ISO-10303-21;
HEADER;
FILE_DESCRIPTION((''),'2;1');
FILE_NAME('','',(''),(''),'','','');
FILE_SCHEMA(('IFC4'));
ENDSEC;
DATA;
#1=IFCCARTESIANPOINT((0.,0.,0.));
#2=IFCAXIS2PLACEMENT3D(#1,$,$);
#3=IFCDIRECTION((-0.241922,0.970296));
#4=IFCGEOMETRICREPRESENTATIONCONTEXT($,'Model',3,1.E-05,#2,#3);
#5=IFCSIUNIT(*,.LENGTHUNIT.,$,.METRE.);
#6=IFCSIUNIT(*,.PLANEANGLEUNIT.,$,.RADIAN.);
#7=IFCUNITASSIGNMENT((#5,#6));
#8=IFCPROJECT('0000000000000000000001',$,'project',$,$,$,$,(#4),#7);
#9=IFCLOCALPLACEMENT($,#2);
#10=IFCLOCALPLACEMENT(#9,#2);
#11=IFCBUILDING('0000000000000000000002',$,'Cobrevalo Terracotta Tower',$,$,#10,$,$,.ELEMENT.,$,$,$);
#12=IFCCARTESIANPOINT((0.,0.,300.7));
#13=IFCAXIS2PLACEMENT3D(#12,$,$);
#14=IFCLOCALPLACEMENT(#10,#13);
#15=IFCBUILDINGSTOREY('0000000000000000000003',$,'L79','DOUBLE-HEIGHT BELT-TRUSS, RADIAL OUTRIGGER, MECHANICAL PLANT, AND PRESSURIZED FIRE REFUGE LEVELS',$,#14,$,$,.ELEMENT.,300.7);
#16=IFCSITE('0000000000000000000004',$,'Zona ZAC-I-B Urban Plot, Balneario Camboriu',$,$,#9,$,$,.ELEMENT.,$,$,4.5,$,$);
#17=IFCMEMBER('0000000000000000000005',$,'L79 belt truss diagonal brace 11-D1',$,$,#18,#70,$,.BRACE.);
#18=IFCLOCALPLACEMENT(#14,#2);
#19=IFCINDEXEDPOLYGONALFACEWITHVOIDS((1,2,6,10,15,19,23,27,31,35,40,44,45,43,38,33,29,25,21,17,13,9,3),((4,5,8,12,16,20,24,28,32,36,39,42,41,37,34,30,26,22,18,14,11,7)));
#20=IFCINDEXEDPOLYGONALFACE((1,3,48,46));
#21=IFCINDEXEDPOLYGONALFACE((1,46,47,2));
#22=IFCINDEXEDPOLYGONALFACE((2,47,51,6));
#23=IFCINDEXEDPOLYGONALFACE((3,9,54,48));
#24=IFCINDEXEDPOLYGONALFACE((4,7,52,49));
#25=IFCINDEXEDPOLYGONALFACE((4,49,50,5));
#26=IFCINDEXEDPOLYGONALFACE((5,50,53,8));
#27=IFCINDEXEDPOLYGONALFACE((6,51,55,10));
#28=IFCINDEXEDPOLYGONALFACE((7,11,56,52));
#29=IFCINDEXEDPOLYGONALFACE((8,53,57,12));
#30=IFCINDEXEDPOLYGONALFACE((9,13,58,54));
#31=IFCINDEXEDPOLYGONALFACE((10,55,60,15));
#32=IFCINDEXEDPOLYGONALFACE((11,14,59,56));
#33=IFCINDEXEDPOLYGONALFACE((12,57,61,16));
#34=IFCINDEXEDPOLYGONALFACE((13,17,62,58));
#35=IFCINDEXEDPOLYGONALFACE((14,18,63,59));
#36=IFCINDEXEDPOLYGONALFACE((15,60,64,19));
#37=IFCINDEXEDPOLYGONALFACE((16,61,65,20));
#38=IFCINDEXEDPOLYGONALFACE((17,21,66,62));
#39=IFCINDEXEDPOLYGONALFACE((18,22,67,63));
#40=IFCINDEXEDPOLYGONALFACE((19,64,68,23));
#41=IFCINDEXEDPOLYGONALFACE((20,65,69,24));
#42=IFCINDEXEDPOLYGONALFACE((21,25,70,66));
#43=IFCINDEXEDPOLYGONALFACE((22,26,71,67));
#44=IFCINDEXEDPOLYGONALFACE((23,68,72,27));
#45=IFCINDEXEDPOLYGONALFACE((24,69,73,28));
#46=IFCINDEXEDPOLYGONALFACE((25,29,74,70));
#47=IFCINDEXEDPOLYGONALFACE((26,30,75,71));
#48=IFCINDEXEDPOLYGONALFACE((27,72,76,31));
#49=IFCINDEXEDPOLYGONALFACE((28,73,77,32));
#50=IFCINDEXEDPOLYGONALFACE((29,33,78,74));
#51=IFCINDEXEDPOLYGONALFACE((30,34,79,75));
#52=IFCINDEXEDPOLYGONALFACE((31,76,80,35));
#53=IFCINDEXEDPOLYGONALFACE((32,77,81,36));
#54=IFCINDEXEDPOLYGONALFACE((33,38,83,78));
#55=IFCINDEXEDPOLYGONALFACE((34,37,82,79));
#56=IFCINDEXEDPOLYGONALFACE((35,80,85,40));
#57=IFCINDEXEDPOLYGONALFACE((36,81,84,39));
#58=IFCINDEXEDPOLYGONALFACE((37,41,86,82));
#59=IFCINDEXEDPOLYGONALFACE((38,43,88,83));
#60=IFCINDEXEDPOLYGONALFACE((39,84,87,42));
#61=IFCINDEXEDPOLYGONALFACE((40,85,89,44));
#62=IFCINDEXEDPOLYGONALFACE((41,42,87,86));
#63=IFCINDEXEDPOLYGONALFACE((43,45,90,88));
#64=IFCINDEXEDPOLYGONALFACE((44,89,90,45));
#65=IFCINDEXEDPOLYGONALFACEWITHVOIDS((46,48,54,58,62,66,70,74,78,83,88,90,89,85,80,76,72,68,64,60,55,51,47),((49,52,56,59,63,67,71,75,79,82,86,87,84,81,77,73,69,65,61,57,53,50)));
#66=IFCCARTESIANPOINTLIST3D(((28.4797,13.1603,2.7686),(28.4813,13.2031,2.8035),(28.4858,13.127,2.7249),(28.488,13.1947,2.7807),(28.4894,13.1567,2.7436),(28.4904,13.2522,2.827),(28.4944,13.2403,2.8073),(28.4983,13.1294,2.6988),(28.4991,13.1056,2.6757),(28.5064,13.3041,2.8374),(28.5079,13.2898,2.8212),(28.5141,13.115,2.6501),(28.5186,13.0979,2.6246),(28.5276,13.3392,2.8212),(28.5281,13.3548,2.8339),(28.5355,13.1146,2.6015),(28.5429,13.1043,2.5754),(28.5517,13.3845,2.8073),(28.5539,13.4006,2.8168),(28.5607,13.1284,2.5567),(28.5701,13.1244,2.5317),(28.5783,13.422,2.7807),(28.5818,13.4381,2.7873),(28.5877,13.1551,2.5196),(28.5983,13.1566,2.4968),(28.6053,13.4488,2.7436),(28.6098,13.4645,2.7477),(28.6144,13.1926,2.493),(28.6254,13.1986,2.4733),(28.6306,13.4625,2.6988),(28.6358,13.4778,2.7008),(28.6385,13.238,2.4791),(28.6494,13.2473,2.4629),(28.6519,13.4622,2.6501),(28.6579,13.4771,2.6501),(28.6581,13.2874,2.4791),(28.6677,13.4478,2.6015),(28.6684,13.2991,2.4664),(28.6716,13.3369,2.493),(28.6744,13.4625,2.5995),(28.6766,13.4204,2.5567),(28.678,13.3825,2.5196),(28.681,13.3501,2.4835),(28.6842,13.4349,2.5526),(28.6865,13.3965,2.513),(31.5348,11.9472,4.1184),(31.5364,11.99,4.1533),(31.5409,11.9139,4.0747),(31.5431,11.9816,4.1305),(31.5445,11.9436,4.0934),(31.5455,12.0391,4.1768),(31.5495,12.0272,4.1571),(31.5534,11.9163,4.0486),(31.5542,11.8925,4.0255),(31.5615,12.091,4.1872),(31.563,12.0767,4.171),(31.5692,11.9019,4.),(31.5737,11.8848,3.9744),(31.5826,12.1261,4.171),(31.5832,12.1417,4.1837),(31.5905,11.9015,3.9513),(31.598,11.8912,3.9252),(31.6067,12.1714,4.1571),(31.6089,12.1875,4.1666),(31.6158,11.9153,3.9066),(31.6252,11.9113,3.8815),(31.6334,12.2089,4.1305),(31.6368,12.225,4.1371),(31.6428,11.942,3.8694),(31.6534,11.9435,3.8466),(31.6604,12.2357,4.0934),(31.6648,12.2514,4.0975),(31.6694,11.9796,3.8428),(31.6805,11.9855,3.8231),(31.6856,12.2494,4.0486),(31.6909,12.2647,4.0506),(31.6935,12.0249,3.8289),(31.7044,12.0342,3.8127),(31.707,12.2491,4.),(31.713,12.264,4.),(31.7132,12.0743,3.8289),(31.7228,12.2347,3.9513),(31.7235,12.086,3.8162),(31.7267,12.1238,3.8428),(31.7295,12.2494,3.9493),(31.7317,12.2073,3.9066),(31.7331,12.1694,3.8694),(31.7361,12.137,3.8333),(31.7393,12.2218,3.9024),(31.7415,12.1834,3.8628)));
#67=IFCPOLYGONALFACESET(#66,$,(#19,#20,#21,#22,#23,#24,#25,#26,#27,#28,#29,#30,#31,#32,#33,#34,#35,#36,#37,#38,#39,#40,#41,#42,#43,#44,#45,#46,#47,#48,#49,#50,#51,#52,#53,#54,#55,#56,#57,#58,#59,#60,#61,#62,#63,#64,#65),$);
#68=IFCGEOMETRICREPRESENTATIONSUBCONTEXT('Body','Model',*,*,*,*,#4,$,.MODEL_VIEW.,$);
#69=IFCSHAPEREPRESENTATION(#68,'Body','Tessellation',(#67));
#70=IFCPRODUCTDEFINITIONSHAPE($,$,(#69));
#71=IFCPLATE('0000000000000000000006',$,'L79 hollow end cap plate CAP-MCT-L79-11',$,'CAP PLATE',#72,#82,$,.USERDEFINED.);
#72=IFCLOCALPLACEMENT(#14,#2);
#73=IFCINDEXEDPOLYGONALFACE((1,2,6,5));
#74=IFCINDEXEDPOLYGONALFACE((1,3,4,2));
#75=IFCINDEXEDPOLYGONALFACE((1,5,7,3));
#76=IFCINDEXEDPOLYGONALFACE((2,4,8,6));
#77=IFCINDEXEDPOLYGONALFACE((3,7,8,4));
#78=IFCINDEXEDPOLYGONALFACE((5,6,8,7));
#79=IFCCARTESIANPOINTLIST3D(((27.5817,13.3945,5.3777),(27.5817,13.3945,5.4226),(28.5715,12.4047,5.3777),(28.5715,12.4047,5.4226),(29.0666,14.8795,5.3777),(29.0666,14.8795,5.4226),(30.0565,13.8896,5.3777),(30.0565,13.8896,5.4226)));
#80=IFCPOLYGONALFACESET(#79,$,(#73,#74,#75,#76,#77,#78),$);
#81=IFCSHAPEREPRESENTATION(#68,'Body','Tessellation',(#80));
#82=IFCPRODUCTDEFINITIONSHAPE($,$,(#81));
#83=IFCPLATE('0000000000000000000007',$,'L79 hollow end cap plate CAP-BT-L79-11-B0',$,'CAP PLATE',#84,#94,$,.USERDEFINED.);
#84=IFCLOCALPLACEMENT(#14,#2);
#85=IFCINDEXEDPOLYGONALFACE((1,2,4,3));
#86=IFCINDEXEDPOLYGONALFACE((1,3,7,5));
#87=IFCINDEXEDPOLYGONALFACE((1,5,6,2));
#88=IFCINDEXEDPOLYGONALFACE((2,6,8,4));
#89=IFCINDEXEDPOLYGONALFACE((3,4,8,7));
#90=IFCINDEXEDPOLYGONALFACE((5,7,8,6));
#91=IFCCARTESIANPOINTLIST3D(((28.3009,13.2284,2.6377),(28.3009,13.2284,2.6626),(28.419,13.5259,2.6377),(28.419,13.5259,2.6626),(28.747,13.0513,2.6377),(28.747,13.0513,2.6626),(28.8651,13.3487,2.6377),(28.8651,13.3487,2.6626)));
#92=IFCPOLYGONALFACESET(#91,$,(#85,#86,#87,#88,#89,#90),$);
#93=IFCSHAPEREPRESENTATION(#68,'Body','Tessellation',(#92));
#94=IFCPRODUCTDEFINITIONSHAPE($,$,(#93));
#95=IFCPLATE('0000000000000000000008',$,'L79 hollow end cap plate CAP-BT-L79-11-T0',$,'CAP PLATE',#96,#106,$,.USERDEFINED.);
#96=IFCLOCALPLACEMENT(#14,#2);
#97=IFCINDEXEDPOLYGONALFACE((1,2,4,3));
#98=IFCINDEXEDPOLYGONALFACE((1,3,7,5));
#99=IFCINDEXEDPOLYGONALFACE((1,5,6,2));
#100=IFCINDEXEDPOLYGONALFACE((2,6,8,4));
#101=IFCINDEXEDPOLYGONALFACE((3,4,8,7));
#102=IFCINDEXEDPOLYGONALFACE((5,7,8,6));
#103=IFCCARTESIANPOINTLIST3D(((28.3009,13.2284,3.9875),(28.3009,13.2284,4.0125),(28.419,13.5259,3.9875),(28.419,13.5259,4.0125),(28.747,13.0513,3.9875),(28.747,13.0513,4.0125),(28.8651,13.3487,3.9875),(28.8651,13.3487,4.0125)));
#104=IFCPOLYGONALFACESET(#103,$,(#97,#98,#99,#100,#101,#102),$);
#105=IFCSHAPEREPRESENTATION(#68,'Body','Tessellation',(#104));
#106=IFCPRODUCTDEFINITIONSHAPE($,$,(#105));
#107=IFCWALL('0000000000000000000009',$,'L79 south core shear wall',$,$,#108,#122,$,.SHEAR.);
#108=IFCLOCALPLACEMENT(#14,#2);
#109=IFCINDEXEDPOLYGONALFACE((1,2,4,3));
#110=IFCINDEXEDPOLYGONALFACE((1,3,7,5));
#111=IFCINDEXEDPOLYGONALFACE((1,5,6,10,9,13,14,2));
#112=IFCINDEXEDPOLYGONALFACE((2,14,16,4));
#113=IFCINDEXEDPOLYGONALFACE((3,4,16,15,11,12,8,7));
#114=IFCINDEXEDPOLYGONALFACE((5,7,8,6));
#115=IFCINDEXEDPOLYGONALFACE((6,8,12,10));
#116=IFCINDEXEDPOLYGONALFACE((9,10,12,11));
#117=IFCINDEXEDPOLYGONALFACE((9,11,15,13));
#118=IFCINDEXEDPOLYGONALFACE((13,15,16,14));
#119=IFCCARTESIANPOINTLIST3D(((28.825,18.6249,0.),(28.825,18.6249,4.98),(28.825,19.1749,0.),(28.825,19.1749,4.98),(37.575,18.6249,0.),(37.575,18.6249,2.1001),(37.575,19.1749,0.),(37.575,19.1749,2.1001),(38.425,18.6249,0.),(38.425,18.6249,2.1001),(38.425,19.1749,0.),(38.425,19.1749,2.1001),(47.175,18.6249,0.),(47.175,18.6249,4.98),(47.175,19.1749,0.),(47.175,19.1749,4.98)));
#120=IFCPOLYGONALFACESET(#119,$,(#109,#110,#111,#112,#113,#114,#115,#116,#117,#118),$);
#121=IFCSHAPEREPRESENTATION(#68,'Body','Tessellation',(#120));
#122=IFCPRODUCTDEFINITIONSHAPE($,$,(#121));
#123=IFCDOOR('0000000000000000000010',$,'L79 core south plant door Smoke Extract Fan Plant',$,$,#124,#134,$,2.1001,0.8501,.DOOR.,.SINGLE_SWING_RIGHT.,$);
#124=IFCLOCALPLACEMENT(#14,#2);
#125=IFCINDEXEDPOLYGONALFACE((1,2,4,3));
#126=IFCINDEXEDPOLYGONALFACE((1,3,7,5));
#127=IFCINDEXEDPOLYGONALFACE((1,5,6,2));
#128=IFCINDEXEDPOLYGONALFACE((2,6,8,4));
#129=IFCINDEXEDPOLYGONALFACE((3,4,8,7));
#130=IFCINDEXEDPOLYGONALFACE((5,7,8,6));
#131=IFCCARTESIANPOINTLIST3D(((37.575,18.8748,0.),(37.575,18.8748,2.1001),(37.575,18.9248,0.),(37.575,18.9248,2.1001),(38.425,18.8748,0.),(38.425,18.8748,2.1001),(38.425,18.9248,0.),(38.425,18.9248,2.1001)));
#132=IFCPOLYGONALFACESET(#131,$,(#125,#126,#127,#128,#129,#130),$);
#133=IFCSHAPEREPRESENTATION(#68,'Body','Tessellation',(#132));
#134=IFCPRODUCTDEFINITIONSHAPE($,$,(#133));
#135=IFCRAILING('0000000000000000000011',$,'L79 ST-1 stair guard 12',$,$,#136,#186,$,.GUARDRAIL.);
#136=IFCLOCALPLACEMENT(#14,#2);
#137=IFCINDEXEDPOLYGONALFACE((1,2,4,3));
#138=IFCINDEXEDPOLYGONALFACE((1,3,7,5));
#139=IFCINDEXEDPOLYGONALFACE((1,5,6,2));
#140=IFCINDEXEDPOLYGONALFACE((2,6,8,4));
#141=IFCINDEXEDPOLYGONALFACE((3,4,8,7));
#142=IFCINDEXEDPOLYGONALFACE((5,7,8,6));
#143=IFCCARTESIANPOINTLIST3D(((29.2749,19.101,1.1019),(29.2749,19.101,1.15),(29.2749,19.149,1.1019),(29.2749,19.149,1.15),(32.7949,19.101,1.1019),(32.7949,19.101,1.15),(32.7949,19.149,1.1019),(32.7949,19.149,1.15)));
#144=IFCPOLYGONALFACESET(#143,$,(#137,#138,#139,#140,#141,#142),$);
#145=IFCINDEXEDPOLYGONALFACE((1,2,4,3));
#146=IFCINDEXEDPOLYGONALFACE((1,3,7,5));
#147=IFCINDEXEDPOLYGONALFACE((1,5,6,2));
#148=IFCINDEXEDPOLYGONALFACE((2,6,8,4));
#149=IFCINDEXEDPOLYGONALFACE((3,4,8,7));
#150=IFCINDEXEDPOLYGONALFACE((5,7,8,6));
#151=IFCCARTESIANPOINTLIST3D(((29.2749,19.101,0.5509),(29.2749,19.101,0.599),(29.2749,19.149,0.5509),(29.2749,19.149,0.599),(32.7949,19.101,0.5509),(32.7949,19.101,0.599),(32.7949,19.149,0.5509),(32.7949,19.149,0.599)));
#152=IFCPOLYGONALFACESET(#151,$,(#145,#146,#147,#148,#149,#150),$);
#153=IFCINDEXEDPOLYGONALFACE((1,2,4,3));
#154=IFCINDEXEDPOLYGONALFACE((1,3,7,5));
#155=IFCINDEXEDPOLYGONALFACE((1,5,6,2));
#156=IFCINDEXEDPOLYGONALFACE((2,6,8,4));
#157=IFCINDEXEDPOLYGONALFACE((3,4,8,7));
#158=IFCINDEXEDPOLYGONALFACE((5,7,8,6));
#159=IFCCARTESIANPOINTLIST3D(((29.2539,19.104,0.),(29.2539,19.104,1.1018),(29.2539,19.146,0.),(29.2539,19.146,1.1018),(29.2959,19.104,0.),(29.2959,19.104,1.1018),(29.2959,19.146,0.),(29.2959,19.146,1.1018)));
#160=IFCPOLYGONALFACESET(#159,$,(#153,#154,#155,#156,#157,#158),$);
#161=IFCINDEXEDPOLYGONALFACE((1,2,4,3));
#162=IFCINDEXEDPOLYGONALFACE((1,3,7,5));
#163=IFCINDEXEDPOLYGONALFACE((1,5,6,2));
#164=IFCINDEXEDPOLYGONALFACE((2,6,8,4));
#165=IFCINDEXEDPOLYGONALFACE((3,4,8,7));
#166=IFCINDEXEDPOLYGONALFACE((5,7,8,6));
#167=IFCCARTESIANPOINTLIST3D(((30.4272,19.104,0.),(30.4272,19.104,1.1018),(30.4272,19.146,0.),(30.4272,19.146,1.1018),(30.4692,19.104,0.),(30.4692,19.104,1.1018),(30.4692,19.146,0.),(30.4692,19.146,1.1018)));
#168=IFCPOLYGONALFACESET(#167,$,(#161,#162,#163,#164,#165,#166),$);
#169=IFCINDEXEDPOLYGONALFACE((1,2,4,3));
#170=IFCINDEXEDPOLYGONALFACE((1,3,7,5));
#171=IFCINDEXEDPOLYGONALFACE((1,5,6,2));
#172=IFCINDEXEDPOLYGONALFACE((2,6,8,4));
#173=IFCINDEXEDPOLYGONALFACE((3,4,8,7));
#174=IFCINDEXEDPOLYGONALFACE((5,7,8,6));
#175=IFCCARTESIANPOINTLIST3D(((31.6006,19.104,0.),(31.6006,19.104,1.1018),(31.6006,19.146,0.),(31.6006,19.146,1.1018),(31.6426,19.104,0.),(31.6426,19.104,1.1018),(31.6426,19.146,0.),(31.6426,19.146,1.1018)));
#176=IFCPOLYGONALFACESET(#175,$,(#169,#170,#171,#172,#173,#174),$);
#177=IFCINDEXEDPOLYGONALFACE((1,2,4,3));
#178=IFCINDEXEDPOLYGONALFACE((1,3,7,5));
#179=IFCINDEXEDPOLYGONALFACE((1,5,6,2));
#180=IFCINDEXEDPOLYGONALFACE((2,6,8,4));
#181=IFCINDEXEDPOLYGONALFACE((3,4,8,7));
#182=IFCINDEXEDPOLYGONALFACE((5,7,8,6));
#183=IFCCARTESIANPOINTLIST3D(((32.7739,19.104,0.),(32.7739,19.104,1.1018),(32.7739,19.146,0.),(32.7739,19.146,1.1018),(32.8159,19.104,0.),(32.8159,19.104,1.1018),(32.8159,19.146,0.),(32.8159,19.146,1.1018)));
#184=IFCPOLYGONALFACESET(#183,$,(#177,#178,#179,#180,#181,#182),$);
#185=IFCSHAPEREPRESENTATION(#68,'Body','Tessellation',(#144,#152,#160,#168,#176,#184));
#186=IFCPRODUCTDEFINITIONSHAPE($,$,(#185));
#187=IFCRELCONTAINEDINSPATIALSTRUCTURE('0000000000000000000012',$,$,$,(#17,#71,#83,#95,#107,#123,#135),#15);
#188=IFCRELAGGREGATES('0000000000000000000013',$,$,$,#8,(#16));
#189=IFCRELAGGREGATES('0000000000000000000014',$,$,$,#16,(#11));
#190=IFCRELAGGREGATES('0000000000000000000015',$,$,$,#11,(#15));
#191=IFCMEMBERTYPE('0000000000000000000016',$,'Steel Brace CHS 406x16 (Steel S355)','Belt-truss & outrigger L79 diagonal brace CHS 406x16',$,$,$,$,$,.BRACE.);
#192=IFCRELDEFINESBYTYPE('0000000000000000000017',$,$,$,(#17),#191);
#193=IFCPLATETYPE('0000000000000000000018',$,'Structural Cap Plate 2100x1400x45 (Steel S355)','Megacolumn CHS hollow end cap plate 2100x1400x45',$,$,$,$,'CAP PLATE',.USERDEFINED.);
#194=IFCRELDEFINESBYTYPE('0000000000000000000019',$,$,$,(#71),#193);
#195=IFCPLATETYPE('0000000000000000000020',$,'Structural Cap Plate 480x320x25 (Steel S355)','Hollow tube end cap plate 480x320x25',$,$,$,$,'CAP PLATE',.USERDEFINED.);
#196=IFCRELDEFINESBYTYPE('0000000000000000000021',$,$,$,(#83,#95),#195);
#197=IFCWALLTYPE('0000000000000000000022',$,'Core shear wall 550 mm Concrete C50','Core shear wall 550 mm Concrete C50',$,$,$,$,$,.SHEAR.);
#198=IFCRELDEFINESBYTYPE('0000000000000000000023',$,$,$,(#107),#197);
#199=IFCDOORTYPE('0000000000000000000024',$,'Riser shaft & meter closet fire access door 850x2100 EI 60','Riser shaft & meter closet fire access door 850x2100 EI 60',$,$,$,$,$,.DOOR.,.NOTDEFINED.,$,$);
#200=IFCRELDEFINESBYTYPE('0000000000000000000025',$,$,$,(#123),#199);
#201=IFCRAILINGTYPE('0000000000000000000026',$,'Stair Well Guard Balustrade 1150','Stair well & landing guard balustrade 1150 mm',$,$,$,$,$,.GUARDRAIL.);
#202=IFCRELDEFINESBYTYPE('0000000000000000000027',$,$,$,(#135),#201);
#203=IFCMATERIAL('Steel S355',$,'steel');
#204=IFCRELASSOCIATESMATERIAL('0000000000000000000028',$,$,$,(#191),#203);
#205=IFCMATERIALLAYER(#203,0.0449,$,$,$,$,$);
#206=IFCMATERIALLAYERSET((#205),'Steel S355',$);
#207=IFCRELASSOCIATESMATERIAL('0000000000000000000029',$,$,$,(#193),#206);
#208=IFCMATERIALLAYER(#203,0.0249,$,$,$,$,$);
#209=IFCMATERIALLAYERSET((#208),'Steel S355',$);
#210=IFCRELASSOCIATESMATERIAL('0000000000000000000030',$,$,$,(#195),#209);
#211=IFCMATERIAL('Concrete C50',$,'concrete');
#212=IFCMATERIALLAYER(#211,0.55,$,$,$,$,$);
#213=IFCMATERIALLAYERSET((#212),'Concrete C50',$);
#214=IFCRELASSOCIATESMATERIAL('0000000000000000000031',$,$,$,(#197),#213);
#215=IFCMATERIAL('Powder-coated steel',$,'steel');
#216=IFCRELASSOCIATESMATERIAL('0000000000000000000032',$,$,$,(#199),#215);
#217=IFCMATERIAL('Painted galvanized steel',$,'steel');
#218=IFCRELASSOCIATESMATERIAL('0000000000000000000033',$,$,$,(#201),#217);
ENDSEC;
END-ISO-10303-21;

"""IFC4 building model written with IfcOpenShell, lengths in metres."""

from ifc_helpers import new_model, si_unit, direction, frame, frame_2d, origin, origin_2d, place, context, subcontext, project, spatial, rectangle, hollow_circle, extrude, source, transform, mapped, material, layer, layer_set, material_profile, profile_set, type_object, element, fill, save


model = new_model("IFC4")

# Units and contexts
model_context = context("Model", 3, precision=1e-05, world=origin(), true_north=direction((-0.241922, 0.970296)))
body_context = subcontext(model_context, "Body", "Model", "MODEL_VIEW")
ifc_project = project(units=[si_unit("LENGTHUNIT", "METRE"), si_unit("PLANEANGLEUNIT", "RADIAN")], contexts=[model_context])

# Site, building, storey
site_placement = place(None, origin())
site = spatial("IfcSite", under=ifc_project, at=site_placement, Name="Zona ZAC-I-B Urban Plot, Balneario Camboriu", CompositionType="ELEMENT", RefElevation=4.5)
building_placement = place(site_placement, origin())
building = spatial("IfcBuilding", under=site, at=building_placement, Name="Cobrevalo Terracotta Tower", CompositionType="ELEMENT")
storey_placement = place(building_placement, frame((0.0, 0.0, 300.7)))
storey = spatial("IfcBuildingStorey", under=building, at=storey_placement, Name="L79", Description="DOUBLE-HEIGHT BELT-TRUSS, RADIAL OUTRIGGER, MECHANICAL PLANT, AND PRESSURIZED FIRE REFUGE LEVELS", CompositionType="ELEMENT", Elevation=300.7)

# Shared definitions
ifc_material_1 = material(Name="Steel S355", Category="steel")
ifc_material_2 = material(Name="Concrete C50", Category="concrete")

# Member
ifc_material_profile_1 = material_profile(ifc_material_1, hollow_circle(Radius=0.2029, WallThickness=0.0161, at=origin_2d()), Name="CHS 406x16")
ifc_profile_set_1 = profile_set([ifc_material_profile_1], Name="Steel S355")
member_type_1 = type_object("IfcMemberType", Name="Steel Brace CHS 406x16 (Steel S355)", Description="Belt-truss & outrigger L79 diagonal brace CHS 406x16", PredefinedType="BRACE", material=ifc_profile_set_1)
shared_shape_1 = source(origin(), body_context, "Body", "SweptSolid", [
    extrude(hollow_circle(Radius=0.2029, WallThickness=0.0161, at=origin_2d()), origin(), (0.0, 0.0, 1.0), 3.5535),
])
member_1_placement = place(storey_placement, frame((28.583, 13.2886, 2.6501), z_axis=(0.859747, -0.341384, 0.379858), x_axis=(0.369046, 0.929411, 0.0)))
element("IfcMember", 1, at=member_1_placement, inside=storey, type_object=member_type_1, Name="L79 belt truss diagonal brace 11-D1", PredefinedType="BRACE", context=body_context, shape_type="MappedRepresentation", body=[
    mapped(shared_shape_1, transform((0.0, 0.0, 0.0), scale=1.0)),
])

# Plates
ifc_layer_1 = layer(ifc_material_1, 0.0449)
ifc_layer_set_1 = layer_set([ifc_layer_1], Name="Steel S355")
plate_type_1 = type_object("IfcPlateType", Name="Structural Cap Plate 2100x1400x45 (Steel S355)", Description="Megacolumn CHS hollow end cap plate 2100x1400x45", ElementType="CAP PLATE", PredefinedType="USERDEFINED", material=ifc_layer_set_1)
shared_shape_2 = source(origin(), body_context, "Body", "SweptSolid", [
    extrude(rectangle(XDim=2.1001, YDim=1.3999, at=origin_2d()), origin(), (0.0, 0.0, 1.0), 0.0449),
])
plate_placement = place(storey_placement, frame((28.8191, 13.6421, 5.3777), z_axis=(0.0, 0.0, 1.0), x_axis=(-0.707107, -0.707107, 0.0)))
element("IfcPlate", 2, at=plate_placement, inside=storey, type_object=plate_type_1, Name="L79 hollow end cap plate CAP-MCT-L79-11", ObjectType="CAP PLATE", PredefinedType="USERDEFINED", context=body_context, shape_type="MappedRepresentation", body=[
    mapped(shared_shape_2, transform((0.0, 0.0, 0.0), scale=1.0)),
])
ifc_layer_2 = layer(ifc_material_1, 0.0249)
ifc_layer_set_2 = layer_set([ifc_layer_2], Name="Steel S355")
plate_type_2 = type_object("IfcPlateType", Name="Structural Cap Plate 480x320x25 (Steel S355)", Description="Hollow tube end cap plate 480x320x25", ElementType="CAP PLATE", PredefinedType="USERDEFINED", material=ifc_layer_set_2)
shared_shape_3 = source(origin(), body_context, "Body", "SweptSolid", [
    extrude(rectangle(XDim=0.48, YDim=0.3201, at=origin_2d()), origin(), (0.0, 0.0, 1.0), 0.0249),
])
for number, where, z_axis, x_axis, name in (
    (3, (28.583, 13.2886, 2.6377), (0.0, 0.0, 1.0), (0.929401, -0.369072, 0.0), "L79 hollow end cap plate CAP-BT-L79-11-B0"),
    (4, (28.583, 13.2886, 3.9875), (0.0, 0.0, 1.0), (0.929401, -0.369072, 0.0), "L79 hollow end cap plate CAP-BT-L79-11-T0"),
):
    element("IfcPlate", number, at=place(storey_placement, frame(where, z_axis=z_axis, x_axis=x_axis)), inside=storey, type_object=plate_type_2, Name=name, ObjectType="CAP PLATE", PredefinedType="USERDEFINED", context=body_context, shape_type="MappedRepresentation", body=[
        mapped(shared_shape_3, transform((0.0, 0.0, 0.0), scale=1.0)),
    ])

# Wall, opening, door
ifc_layer_3 = layer(ifc_material_2, 0.55)
ifc_layer_set_3 = layer_set([ifc_layer_3], Name="Concrete C50")
wall_type = type_object("IfcWallType", Name="Core shear wall 550 mm Concrete C50", Description="Core shear wall 550 mm Concrete C50", PredefinedType="SHEAR", material=ifc_layer_set_3)
wall_placement = place(storey_placement, frame((28.825, 18.8999, 0.0), z_axis=(0.0, 0.0, 1.0), x_axis=(1.0, 0.0, 0.0)))
wall = element("IfcWall", 5, at=wall_placement, inside=storey, type_object=wall_type, Name="L79 south core shear wall", PredefinedType="SHEAR", context=body_context, shape_type="SweptSolid", body=[
    extrude(rectangle(XDim=18.3501, YDim=0.55, at=frame_2d((9.175, 0.0))), origin(), (0.0, 0.0, 1.0), 4.98),
])
opening_placement = place(wall_placement, frame((8.75, 0.0, 0.0)))
opening = element("IfcOpeningElement", 6, at=opening_placement, cuts=wall, PredefinedType="OPENING", context=body_context, shape_type="SweptSolid", body=[
    extrude(rectangle(XDim=0.8501, YDim=2.1001, at=frame_2d((0.425, 1.05))), frame((0.0, 0.2852, 0.0), z_axis=(0.0, -1.0, 0.0), x_axis=(1.0, 0.0, 0.0)), (0.0, 0.0, 1.0), 0.5701),
])
ifc_material_3 = material(Name="Powder-coated steel", Category="steel")
door_type = type_object("IfcDoorType", Name="Riser shaft & meter closet fire access door 850x2100 EI 60", Description="Riser shaft & meter closet fire access door 850x2100 EI 60", OperationType="NOTDEFINED", PredefinedType="DOOR", material=ifc_material_3)
shared_shape_4 = source(origin(), body_context, "Body", "SweptSolid", [
    extrude(rectangle(XDim=0.8501, YDim=2.1001, at=frame_2d((0.425, 1.05))), frame((0.0, 0.0249, 0.0), z_axis=(0.0, -1.0, 0.0), x_axis=(1.0, 0.0, 0.0)), (0.0, 0.0, 1.0), 0.05),
])
door_placement = place(opening_placement, origin())
door = element("IfcDoor", 7, at=door_placement, inside=storey, type_object=door_type, Name="L79 core south plant door Smoke Extract Fan Plant", OperationType="SINGLE_SWING_RIGHT", OverallHeight=2.1001, OverallWidth=0.8501, PredefinedType="DOOR", context=body_context, shape_type="MappedRepresentation", body=[
    mapped(shared_shape_4, transform((0.0, 0.0, 0.0), scale=1.0)),
])
fill(opening, door)

# Railing
ifc_material_4 = material(Name="Painted galvanized steel", Category="steel")
railing_type = type_object("IfcRailingType", Name="Stair Well Guard Balustrade 1150", Description="Stair well & landing guard balustrade 1150 mm", PredefinedType="GUARDRAIL", material=ifc_material_4)
railing_placement = place(storey_placement, frame((29.2749, 19.125, 0.0)))
element("IfcRailing", 8, at=railing_placement, inside=storey, type_object=railing_type, Name="L79 ST-1 stair guard 12", PredefinedType="GUARDRAIL", context=body_context, shape_type="SweptSolid", body=[
    extrude(rectangle(XDim=0.0481, YDim=0.0481, at=origin_2d()), frame((0.0, 0.0, 1.126), z_axis=(1.0, 0.0, 0.0), x_axis=(0.0, 1.0, 0.0)), (0.0, 0.0, 1.0), 3.52),
    extrude(rectangle(XDim=0.0481, YDim=0.0481, at=origin_2d()), frame((0.0, 0.0, 0.575), z_axis=(1.0, 0.0, 0.0), x_axis=(0.0, 1.0, 0.0)), (0.0, 0.0, 1.0), 3.52),
    extrude(rectangle(XDim=0.042, YDim=0.042, at=origin_2d()), origin(), (0.0, 0.0, 1.0), 1.1018),
    extrude(rectangle(XDim=0.042, YDim=0.042, at=origin_2d()), frame((1.1733, 0.0, 0.0)), (0.0, 0.0, 1.0), 1.1018),
    extrude(rectangle(XDim=0.042, YDim=0.042, at=origin_2d()), frame((2.3467, 0.0, 0.0)), (0.0, 0.0, 1.0), 1.1018),
    extrude(rectangle(XDim=0.042, YDim=0.042, at=origin_2d()), frame((3.52, 0.0, 0.0)), (0.0, 0.0, 1.0), 1.1018),
])

save(model, "model.ifc")
